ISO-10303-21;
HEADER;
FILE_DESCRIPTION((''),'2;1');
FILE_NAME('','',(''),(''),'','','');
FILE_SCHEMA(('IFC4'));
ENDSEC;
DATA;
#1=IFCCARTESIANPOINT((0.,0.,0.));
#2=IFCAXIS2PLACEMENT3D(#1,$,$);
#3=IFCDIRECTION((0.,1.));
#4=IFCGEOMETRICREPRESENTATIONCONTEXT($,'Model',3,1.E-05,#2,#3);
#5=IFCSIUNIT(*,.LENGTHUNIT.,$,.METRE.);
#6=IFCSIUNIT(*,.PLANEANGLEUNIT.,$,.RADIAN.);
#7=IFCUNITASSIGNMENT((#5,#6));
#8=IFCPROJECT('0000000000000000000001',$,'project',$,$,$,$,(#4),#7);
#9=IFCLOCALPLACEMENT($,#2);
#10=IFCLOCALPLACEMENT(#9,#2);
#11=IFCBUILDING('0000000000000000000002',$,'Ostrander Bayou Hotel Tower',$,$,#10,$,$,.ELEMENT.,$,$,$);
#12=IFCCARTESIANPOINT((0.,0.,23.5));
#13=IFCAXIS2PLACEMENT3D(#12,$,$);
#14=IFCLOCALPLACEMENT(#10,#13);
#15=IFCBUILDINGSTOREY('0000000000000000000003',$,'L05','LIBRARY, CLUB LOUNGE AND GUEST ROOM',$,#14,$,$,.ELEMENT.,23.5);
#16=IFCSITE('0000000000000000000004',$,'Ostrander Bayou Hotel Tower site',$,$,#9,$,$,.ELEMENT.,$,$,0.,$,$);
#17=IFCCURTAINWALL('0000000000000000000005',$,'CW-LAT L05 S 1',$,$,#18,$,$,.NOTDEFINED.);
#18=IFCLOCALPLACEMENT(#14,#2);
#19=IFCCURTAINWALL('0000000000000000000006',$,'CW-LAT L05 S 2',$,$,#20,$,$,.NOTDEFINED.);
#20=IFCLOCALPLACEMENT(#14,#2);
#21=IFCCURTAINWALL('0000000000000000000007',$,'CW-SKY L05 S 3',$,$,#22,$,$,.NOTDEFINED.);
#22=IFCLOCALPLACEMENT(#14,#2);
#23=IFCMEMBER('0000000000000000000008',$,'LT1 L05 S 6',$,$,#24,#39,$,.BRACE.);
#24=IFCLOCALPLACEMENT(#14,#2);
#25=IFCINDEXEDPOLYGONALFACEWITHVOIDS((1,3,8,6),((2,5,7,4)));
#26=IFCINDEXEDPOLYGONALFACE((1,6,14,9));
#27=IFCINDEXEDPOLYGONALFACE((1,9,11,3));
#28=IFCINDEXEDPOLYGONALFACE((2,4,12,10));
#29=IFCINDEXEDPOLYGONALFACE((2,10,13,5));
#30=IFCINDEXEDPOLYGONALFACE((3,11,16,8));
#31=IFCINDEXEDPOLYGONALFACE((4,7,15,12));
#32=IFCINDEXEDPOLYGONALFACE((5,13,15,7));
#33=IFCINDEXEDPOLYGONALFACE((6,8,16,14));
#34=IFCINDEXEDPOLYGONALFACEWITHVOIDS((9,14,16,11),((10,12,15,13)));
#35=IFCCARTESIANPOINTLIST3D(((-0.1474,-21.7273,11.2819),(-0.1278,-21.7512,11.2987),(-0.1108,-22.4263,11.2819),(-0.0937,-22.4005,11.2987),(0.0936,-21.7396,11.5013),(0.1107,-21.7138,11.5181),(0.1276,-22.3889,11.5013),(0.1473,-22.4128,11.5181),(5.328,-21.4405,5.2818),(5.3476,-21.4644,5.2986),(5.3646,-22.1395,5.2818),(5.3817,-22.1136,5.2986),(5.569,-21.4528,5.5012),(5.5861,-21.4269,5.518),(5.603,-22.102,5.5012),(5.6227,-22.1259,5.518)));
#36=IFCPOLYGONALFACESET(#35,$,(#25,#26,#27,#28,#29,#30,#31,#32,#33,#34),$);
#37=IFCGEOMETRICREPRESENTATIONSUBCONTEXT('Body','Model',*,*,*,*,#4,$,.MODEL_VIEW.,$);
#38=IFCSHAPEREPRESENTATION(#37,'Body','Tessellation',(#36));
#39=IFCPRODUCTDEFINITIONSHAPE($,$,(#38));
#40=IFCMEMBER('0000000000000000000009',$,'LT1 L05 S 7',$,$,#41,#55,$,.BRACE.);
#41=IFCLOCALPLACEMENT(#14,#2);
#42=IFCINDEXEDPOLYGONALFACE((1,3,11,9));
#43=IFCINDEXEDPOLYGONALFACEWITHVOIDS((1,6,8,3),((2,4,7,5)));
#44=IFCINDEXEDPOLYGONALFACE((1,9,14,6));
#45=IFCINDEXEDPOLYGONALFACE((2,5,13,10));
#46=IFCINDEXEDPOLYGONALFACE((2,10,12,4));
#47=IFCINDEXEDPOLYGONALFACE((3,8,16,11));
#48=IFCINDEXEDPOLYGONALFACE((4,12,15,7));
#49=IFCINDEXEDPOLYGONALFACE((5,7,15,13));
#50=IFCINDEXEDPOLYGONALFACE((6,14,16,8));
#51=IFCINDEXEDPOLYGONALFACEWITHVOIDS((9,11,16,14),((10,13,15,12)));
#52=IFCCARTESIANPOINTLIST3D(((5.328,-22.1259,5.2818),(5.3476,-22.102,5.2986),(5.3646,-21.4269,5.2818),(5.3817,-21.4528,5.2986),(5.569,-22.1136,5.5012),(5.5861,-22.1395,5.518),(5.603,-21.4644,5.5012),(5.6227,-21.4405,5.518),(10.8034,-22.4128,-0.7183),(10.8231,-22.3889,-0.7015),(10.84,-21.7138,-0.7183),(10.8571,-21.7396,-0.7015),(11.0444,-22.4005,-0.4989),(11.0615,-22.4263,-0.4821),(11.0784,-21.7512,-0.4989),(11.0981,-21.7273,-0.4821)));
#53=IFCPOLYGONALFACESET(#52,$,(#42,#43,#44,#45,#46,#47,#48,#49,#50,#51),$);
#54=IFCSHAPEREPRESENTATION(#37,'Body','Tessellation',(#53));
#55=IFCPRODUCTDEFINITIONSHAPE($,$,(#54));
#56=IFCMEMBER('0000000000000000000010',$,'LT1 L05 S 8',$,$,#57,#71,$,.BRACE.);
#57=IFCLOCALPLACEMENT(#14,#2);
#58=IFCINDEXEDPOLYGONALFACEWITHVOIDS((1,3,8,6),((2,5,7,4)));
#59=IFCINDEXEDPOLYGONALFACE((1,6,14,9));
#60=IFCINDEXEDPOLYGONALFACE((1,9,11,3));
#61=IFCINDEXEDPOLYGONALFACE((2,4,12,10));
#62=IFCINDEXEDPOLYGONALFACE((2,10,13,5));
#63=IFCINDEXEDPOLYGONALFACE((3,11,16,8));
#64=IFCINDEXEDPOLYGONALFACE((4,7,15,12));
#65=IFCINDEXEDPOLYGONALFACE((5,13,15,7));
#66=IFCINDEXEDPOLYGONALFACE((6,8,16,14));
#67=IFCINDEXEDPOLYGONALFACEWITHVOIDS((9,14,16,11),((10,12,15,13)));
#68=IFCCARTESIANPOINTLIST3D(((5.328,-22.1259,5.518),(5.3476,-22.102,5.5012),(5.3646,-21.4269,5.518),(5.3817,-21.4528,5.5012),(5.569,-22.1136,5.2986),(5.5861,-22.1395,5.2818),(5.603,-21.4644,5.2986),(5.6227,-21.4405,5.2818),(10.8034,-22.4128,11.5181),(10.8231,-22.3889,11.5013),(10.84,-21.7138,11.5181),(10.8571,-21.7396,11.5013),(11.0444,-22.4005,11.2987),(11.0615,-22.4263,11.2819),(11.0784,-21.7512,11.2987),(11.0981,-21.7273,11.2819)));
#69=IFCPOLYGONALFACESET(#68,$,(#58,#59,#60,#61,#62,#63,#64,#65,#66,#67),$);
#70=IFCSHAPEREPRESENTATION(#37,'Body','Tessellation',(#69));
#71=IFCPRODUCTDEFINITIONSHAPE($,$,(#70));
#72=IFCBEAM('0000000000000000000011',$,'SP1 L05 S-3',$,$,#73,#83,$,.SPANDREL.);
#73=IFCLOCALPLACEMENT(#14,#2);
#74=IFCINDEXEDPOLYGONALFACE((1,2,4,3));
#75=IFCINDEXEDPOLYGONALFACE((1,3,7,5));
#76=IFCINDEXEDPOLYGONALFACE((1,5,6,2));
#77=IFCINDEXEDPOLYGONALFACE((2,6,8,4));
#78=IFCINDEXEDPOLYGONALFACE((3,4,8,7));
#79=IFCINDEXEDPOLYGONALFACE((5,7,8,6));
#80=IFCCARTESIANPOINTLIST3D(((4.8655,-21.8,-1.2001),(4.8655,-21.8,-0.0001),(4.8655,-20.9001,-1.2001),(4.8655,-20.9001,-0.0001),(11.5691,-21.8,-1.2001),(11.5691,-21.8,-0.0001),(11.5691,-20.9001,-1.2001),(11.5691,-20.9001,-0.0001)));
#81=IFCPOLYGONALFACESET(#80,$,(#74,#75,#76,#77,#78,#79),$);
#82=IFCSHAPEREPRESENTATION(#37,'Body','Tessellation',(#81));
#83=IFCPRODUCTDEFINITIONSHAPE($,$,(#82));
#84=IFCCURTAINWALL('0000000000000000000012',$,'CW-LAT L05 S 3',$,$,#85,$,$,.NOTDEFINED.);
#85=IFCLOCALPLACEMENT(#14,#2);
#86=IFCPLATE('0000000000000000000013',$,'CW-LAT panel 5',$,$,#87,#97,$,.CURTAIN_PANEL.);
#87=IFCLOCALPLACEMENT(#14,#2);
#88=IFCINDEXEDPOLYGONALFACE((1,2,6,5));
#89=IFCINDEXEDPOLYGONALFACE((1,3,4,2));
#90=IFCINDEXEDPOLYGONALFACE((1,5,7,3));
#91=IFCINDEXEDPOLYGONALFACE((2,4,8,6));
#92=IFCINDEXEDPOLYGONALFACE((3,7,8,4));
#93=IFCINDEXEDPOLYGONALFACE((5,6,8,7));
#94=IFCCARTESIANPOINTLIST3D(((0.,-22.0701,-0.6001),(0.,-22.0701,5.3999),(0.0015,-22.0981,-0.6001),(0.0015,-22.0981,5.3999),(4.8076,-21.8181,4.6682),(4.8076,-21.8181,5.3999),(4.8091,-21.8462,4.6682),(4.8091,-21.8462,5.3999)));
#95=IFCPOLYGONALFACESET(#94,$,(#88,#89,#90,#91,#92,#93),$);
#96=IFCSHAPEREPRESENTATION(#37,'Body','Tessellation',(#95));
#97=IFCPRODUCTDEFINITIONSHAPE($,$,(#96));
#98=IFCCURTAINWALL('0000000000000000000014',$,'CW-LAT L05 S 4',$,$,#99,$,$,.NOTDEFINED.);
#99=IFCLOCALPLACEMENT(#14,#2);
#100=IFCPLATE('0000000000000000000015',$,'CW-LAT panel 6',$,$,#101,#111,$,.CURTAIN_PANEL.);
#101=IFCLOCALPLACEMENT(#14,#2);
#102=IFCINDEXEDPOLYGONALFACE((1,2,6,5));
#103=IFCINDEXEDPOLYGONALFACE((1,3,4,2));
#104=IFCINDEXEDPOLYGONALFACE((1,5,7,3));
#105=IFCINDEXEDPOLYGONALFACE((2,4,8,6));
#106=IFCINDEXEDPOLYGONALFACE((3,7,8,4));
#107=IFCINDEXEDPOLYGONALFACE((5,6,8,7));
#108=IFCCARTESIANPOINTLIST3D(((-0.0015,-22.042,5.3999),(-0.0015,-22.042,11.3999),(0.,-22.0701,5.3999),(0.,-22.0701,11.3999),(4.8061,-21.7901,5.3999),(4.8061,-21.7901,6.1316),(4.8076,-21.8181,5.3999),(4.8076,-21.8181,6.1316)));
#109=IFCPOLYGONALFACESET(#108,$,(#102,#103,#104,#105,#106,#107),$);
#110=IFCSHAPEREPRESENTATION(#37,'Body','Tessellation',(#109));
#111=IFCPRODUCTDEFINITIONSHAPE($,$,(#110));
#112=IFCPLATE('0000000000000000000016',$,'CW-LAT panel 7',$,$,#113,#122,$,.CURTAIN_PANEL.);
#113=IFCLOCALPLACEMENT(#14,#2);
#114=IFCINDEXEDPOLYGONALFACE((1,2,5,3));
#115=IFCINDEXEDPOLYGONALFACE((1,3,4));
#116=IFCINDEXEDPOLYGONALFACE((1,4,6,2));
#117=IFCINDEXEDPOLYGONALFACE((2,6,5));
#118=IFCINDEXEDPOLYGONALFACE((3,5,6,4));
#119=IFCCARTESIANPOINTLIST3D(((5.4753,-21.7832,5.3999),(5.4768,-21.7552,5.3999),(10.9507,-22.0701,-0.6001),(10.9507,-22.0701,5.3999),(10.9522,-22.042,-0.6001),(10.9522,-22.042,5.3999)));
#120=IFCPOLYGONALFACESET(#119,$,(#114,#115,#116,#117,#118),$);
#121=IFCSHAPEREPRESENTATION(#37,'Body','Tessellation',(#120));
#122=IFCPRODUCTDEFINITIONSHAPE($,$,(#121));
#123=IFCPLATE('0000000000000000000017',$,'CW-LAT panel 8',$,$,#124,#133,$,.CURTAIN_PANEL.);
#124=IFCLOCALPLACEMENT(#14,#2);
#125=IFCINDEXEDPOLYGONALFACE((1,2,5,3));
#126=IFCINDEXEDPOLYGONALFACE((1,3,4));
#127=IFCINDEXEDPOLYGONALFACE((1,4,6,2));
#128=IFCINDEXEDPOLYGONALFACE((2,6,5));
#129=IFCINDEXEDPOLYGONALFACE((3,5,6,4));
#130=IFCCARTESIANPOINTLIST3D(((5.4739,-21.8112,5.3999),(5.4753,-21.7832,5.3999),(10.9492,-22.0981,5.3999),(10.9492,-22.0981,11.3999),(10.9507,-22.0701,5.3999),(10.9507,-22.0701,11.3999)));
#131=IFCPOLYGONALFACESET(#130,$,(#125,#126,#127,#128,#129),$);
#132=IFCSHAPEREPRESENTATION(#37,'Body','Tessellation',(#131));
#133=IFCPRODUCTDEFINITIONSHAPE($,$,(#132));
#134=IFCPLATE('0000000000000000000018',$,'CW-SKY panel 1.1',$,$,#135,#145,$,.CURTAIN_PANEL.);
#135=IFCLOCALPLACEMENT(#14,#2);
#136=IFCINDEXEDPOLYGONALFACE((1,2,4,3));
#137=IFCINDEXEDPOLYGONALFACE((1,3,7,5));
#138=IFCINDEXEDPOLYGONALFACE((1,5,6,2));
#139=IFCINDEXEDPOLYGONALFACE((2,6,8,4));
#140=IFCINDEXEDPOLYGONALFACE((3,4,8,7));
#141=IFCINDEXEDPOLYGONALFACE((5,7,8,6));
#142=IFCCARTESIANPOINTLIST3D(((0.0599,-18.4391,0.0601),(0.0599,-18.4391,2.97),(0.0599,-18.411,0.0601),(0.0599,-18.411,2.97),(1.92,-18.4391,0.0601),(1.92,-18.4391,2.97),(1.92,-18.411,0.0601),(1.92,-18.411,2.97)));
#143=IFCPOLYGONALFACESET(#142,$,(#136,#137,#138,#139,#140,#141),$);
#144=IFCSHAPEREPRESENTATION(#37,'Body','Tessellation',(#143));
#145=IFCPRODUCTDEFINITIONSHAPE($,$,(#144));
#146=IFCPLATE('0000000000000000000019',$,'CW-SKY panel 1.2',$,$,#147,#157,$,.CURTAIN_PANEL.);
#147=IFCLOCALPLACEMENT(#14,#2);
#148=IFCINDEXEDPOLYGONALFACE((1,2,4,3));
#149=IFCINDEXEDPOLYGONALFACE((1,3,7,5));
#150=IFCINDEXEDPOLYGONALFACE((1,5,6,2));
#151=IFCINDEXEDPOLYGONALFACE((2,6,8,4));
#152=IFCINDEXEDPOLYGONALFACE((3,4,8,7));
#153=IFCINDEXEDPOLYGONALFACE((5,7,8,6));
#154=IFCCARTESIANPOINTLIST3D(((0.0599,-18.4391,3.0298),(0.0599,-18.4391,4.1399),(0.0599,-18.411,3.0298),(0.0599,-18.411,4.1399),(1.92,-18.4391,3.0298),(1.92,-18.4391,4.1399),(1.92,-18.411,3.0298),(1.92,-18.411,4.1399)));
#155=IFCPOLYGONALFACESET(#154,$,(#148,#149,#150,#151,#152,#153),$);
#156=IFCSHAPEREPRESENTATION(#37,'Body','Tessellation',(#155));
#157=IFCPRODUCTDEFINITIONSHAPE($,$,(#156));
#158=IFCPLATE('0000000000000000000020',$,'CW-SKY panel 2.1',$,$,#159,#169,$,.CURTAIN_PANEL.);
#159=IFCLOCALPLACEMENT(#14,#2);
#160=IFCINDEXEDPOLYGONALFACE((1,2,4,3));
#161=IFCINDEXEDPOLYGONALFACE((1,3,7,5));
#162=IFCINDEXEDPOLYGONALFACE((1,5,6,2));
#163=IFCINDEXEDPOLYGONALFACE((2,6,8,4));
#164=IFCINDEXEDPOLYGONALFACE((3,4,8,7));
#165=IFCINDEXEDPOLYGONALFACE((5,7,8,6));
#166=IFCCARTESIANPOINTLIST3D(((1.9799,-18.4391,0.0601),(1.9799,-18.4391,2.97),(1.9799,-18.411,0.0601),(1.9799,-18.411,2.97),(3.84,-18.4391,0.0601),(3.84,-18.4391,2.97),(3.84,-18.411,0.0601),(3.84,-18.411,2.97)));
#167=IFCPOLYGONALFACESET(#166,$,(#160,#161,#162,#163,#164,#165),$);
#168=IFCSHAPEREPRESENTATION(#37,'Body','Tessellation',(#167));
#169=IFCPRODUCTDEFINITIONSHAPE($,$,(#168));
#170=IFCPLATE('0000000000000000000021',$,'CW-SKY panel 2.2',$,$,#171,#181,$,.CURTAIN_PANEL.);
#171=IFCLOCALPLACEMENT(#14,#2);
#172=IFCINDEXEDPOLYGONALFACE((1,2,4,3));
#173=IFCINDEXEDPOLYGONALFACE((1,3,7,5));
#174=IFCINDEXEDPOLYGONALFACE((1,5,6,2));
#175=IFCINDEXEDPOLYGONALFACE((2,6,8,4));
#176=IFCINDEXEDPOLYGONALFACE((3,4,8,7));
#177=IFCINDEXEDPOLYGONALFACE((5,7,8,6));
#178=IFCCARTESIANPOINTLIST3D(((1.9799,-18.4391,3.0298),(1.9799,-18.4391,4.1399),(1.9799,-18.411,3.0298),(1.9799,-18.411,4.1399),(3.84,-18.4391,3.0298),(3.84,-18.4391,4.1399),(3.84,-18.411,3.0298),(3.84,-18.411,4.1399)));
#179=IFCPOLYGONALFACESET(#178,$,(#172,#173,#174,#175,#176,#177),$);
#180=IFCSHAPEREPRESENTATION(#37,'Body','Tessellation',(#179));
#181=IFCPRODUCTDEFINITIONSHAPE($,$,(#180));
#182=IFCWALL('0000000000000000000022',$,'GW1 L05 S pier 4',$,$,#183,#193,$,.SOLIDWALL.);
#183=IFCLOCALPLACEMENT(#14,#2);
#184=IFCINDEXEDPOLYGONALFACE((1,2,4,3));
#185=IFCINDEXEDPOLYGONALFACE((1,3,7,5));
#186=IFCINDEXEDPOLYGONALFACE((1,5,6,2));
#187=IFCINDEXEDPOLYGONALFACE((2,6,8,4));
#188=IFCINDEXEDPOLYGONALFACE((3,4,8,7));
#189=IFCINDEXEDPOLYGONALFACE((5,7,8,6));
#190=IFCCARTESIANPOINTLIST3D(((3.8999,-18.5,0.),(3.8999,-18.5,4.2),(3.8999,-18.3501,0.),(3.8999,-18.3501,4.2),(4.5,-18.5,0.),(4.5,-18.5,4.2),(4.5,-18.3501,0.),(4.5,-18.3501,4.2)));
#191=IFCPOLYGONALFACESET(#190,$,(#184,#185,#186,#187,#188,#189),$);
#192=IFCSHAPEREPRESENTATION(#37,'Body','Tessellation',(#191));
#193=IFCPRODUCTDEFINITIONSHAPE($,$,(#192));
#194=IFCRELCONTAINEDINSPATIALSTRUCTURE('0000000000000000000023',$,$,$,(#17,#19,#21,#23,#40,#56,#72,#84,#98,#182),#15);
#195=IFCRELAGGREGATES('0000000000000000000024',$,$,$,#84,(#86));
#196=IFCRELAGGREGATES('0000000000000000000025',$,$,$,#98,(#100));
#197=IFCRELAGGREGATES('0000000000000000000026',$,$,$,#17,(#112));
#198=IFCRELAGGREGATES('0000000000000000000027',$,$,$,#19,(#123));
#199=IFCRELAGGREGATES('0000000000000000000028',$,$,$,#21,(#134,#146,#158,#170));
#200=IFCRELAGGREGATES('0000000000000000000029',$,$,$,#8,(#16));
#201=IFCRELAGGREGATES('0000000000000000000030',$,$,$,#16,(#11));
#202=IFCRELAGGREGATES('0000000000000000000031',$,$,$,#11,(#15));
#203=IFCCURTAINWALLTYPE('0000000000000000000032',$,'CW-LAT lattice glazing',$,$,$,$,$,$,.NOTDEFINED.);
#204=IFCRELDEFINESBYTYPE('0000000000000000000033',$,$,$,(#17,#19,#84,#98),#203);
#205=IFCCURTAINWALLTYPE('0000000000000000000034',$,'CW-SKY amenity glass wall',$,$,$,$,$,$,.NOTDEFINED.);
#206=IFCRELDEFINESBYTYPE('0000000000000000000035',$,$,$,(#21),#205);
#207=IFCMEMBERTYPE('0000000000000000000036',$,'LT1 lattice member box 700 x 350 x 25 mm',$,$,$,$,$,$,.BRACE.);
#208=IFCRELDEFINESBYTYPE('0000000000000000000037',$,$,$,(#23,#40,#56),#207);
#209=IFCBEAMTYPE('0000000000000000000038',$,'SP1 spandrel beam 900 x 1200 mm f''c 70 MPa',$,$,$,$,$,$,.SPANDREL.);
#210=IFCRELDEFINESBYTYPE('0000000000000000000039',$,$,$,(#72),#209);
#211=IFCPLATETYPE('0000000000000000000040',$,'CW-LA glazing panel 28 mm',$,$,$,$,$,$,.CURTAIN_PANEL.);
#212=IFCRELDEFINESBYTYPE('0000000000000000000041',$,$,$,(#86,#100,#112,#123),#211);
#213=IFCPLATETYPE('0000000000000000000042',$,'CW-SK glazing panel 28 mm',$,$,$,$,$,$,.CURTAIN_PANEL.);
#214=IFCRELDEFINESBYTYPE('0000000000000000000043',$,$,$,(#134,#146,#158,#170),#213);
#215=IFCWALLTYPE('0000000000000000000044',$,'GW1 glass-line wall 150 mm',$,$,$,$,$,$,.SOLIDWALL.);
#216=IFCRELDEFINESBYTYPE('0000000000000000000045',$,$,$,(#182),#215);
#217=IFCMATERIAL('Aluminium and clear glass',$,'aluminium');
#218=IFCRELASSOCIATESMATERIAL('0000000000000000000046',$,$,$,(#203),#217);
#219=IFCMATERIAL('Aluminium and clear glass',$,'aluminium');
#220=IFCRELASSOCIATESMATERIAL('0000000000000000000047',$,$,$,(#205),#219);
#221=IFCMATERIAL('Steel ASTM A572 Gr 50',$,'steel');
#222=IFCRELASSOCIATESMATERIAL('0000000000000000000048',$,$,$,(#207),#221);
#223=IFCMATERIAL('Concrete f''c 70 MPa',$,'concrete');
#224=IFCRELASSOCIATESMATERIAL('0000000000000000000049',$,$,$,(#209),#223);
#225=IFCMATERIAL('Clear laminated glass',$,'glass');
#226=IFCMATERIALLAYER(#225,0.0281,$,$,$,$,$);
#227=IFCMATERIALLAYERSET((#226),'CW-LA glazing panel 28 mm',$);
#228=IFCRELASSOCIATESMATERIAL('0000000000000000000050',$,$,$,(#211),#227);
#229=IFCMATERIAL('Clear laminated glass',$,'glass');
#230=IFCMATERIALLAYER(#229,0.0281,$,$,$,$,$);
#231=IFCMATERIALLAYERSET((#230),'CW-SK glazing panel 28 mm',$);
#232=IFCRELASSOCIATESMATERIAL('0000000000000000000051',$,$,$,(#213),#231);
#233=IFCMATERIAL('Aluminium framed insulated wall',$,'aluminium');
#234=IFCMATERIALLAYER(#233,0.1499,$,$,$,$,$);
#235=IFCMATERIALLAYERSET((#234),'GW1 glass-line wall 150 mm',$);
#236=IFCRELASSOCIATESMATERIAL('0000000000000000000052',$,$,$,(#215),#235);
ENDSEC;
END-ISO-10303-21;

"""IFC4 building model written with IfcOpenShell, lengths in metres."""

from ifc_helpers import new_model, si_unit, direction, frame, frame_2d, origin, origin_2d, place, context, subcontext, project, spatial, polyline, rectangle, hollow_rectangle, outline, extrude, material, layer, layer_set, material_profile, profile_set, type_object, element, aggregate, save


model = new_model("IFC4")

# Units and contexts
model_context = context("Model", 3, precision=1e-05, world=origin(), true_north=direction((0.0, 1.0)))
body_context = subcontext(model_context, "Body", "Model", "MODEL_VIEW")
ifc_project = project(units=[si_unit("LENGTHUNIT", "METRE"), si_unit("PLANEANGLEUNIT", "RADIAN")], contexts=[model_context])

# Site, building, storey
site_placement = place(None, origin())
site = spatial("IfcSite", under=ifc_project, at=site_placement, Name="Ostrander Bayou Hotel Tower site", CompositionType="ELEMENT", RefElevation=0.0)
building_placement = place(site_placement, origin())
building = spatial("IfcBuilding", under=site, at=building_placement, Name="Ostrander Bayou Hotel Tower", CompositionType="ELEMENT")
storey_placement = place(building_placement, frame((0.0, 0.0, 23.5)))
storey = spatial("IfcBuildingStorey", under=building, at=storey_placement, Name="L05", Description="LIBRARY, CLUB LOUNGE AND GUEST ROOM", CompositionType="ELEMENT", Elevation=23.5)

# Curtain wall
ifc_material_1 = material(Name="Aluminium and clear glass", Category="aluminium")
curtain_wall_type_1 = type_object("IfcCurtainWallType", Name="CW-LAT lattice glazing", PredefinedType="NOTDEFINED", material=ifc_material_1)
curtain_wall_1_placement = place(storey_placement, origin())
curtain_wall_1 = element("IfcCurtainWall", 1, at=curtain_wall_1_placement, inside=storey, type_object=curtain_wall_type_1, Name="CW-LAT L05 S 1", PredefinedType="NOTDEFINED")

# Curtain wall
curtain_wall_2_placement = place(storey_placement, origin())
curtain_wall_2 = element("IfcCurtainWall", 2, at=curtain_wall_2_placement, inside=storey, type_object=curtain_wall_type_1, Name="CW-LAT L05 S 2", PredefinedType="NOTDEFINED")

# Curtain wall
ifc_material_2 = material(Name="Aluminium and clear glass", Category="aluminium")
curtain_wall_type_2 = type_object("IfcCurtainWallType", Name="CW-SKY amenity glass wall", PredefinedType="NOTDEFINED", material=ifc_material_2)
curtain_wall_3_placement = place(storey_placement, origin())
curtain_wall_3 = element("IfcCurtainWall", 3, at=curtain_wall_3_placement, inside=storey, type_object=curtain_wall_type_2, Name="CW-SKY L05 S 3", PredefinedType="NOTDEFINED")

# Members
ifc_material_3 = material(Name="Steel ASTM A572 Gr 50", Category="steel")
ifc_material_profile_1 = material_profile(ifc_material_3, hollow_rectangle(XDim=0.7, YDim=0.3501, WallThickness=0.0249, at=origin_2d()))
ifc_profile_set_1 = profile_set([ifc_material_profile_1], Name="Steel ASTM A572 Gr 50")
member_type_1 = type_object("IfcMemberType", Name="LT1 lattice member box 700 x 350 x 25 mm", PredefinedType="BRACE", material=ifc_profile_set_1)
for number, where, z_axis, x_axis, name in (
    (4, (5.4753, -21.7832, 5.3999), (-0.673653, -0.035294, 0.738204), (0.05232, -0.99863, 0.0), "LT1 L05 S 6"),
    (5, (5.4753, -21.7832, 5.3999), (0.673653, -0.035294, -0.738204), (0.05232, 0.99863, 0.0), "LT1 L05 S 7"),
    (6, (5.4753, -21.7832, 5.3999), (0.673653, -0.035294, 0.738204), (0.05232, 0.99863, 0.0), "LT1 L05 S 8"),
):
    element("IfcMember", number, at=place(storey_placement, frame(where, z_axis=z_axis, x_axis=x_axis)), inside=storey, type_object=member_type_1, Name=name, PredefinedType="BRACE", context=body_context, shape_type="SweptSolid", body=[
        extrude(hollow_rectangle(XDim=0.7, YDim=0.3501, WallThickness=0.0249, at=origin_2d()), origin(), (0.0, 0.0, 1.0), 8.1279),
    ])

# Beam
ifc_material_4 = material(Name="Concrete f'c 70 MPa", Category="concrete")
ifc_material_profile_2 = material_profile(ifc_material_4, rectangle(XDim=0.8999, YDim=1.2, at=origin_2d()))
ifc_profile_set_2 = profile_set([ifc_material_profile_2], Name="Concrete f'c 70 MPa")
beam_type_1 = type_object("IfcBeamType", Name="SP1 spandrel beam 900 x 1200 mm f'c 70 MPa", PredefinedType="SPANDREL", material=ifc_profile_set_2)
beam_1_placement = place(storey_placement, frame((4.8655, -21.3501, -0.6001), z_axis=(1.0, 0.0, 0.0), x_axis=(0.0, 1.0, 0.0)))
element("IfcBeam", 7, at=beam_1_placement, inside=storey, type_object=beam_type_1, Name="SP1 L05 S-3", PredefinedType="SPANDREL", context=body_context, shape_type="SweptSolid", body=[
    extrude(rectangle(XDim=0.8999, YDim=1.2, at=origin_2d()), origin(), (0.0, 0.0, 1.0), 6.7036),
])

# Curtain walls, plates
curtain_wall_4_placement = place(storey_placement, origin())
curtain_wall_4 = element("IfcCurtainWall", 8, at=curtain_wall_4_placement, inside=storey, type_object=curtain_wall_type_1, Name="CW-LAT L05 S 3", PredefinedType="NOTDEFINED")
ifc_material_5 = material(Name="Clear laminated glass", Category="glass")
ifc_layer_1 = layer(ifc_material_5, 0.0281)
ifc_layer_set_1 = layer_set([ifc_layer_1], Name="CW-LA glazing panel 28 mm")
plate_type_1 = type_object("IfcPlateType", Name="CW-LA glazing panel 28 mm", PredefinedType="CURTAIN_PANEL", material=ifc_layer_set_1)
plate_1_placement = place(storey_placement, frame((4.8076, -21.8181, 4.6682), z_axis=(-0.052335, 0.99863, 0.0), x_axis=(-0.673652, -0.035304, -0.738205)))
plate_1 = element("IfcPlate", 9, at=plate_1_placement, type_object=plate_type_1, Name="CW-LAT panel 5", PredefinedType="CURTAIN_PANEL", context=body_context, shape_type="SweptSolid", body=[
    extrude(outline(polyline([(0.0, 0.0), (7.1366, 0.0), (2.7074, 4.0475), (-0.5401, 0.4936), (0.0, 0.0)])), origin(), (0.0, 0.0, -1.0), 0.0281),
])
aggregate(curtain_wall_4, [plate_1])
curtain_wall_5_placement = place(storey_placement, origin())
curtain_wall_5 = element("IfcCurtainWall", 10, at=curtain_wall_5_placement, inside=storey, type_object=curtain_wall_type_1, Name="CW-LAT L05 S 4", PredefinedType="NOTDEFINED")
plate_2_placement = place(storey_placement, frame((4.8076, -21.8181, 6.1316), z_axis=(0.052335, -0.99863, 0.0), x_axis=(-0.673652, -0.035304, 0.738205)))
plate_2 = element("IfcPlate", 11, at=plate_2_placement, type_object=plate_type_1, Name="CW-LAT panel 6", PredefinedType="CURTAIN_PANEL", context=body_context, shape_type="SweptSolid", body=[
    extrude(outline(polyline([(0.0, 0.0), (7.1366, 0.0), (2.7074, 4.0475), (-0.5401, 0.4936), (0.0, 0.0)])), origin(), (0.0, 0.0, -1.0), 0.0281),
])
aggregate(curtain_wall_5, [plate_2])

# Plates
plate_3_placement = place(storey_placement, frame((5.4753, -21.7832, 5.3999), z_axis=(-0.05232, -0.99863, 0.0), x_axis=(0.673653, -0.035294, -0.738204)))
plate_3 = element("IfcPlate", 12, at=plate_3_placement, type_object=plate_type_1, Name="CW-LAT panel 7", PredefinedType="CURTAIN_PANEL", context=body_context, shape_type="SweptSolid", body=[
    extrude(outline(polyline([(0.0, 0.0), (8.1278, 0.0), (3.6986, 4.0475), (0.0, 0.0)])), origin(), (0.0, 0.0, -1.0), 0.0281),
])
aggregate(curtain_wall_1, [plate_3])
plate_4_placement = place(storey_placement, frame((5.4753, -21.7832, 5.3999), z_axis=(0.05232, 0.99863, 0.0), x_axis=(0.673653, -0.035294, 0.738204)))
plate_4 = element("IfcPlate", 13, at=plate_4_placement, type_object=plate_type_1, Name="CW-LAT panel 8", PredefinedType="CURTAIN_PANEL", context=body_context, shape_type="SweptSolid", body=[
    extrude(outline(polyline([(0.0, 0.0), (8.1278, 0.0), (3.6986, 4.0475), (0.0, 0.0)])), origin(), (0.0, 0.0, -1.0), 0.0281),
])
aggregate(curtain_wall_2, [plate_4])
ifc_material_6 = material(Name="Clear laminated glass", Category="glass")
ifc_layer_2 = layer(ifc_material_6, 0.0281)
ifc_layer_set_2 = layer_set([ifc_layer_2], Name="CW-SK glazing panel 28 mm")
plate_type_2 = type_object("IfcPlateType", Name="CW-SK glazing panel 28 mm", PredefinedType="CURTAIN_PANEL", material=ifc_layer_set_2)
plate_5_placement = place(storey_placement, frame((0.99, -18.425, 0.0601), z_axis=(0.0, 0.0, 1.0), x_axis=(1.0, 0.0, 0.0)))
plate_5 = element("IfcPlate", 14, at=plate_5_placement, type_object=plate_type_2, Name="CW-SKY panel 1.1", PredefinedType="CURTAIN_PANEL", context=body_context, shape_type="SweptSolid", body=[
    extrude(rectangle(XDim=1.8601, YDim=0.0281, at=origin_2d()), origin(), (0.0, 0.0, 1.0), 2.9099),
])
plate_6_placement = place(storey_placement, frame((0.99, -18.425, 3.0298), z_axis=(0.0, 0.0, 1.0), x_axis=(1.0, 0.0, 0.0)))
plate_6 = element("IfcPlate", 15, at=plate_6_placement, type_object=plate_type_2, Name="CW-SKY panel 1.2", PredefinedType="CURTAIN_PANEL", context=body_context, shape_type="SweptSolid", body=[
    extrude(rectangle(XDim=1.8601, YDim=0.0281, at=origin_2d()), origin(), (0.0, 0.0, 1.0), 1.1101),
])
plate_7_placement = place(storey_placement, frame((2.9099, -18.425, 0.0601), z_axis=(0.0, 0.0, 1.0), x_axis=(1.0, 0.0, 0.0)))
plate_7 = element("IfcPlate", 16, at=plate_7_placement, type_object=plate_type_2, Name="CW-SKY panel 2.1", PredefinedType="CURTAIN_PANEL", context=body_context, shape_type="SweptSolid", body=[
    extrude(rectangle(XDim=1.8601, YDim=0.0281, at=origin_2d()), origin(), (0.0, 0.0, 1.0), 2.9099),
])
plate_8_placement = place(storey_placement, frame((2.9099, -18.425, 3.0298), z_axis=(0.0, 0.0, 1.0), x_axis=(1.0, 0.0, 0.0)))
plate_8 = element("IfcPlate", 17, at=plate_8_placement, type_object=plate_type_2, Name="CW-SKY panel 2.2", PredefinedType="CURTAIN_PANEL", context=body_context, shape_type="SweptSolid", body=[
    extrude(rectangle(XDim=1.8601, YDim=0.0281, at=origin_2d()), origin(), (0.0, 0.0, 1.0), 1.1101),
])
aggregate(curtain_wall_3, [plate_5, plate_6, plate_7, plate_8])

# Wall
ifc_material_7 = material(Name="Aluminium framed insulated wall", Category="aluminium")
ifc_layer_3 = layer(ifc_material_7, 0.1499)
ifc_layer_set_3 = layer_set([ifc_layer_3], Name="GW1 glass-line wall 150 mm")
wall_type_1 = type_object("IfcWallType", Name="GW1 glass-line wall 150 mm", PredefinedType="SOLIDWALL", material=ifc_layer_set_3)
wall_1_placement = place(storey_placement, frame((3.8999, -18.425, 0.0), z_axis=(0.0, 0.0, 1.0), x_axis=(1.0, 0.0, 0.0)))
element("IfcWall", 18, at=wall_1_placement, inside=storey, type_object=wall_type_1, Name="GW1 L05 S pier 4", PredefinedType="SOLIDWALL", context=body_context, shape_type="SweptSolid", body=[
    extrude(rectangle(XDim=0.6001, YDim=0.1499, at=frame_2d((0.3, 0.0))), origin(), (0.0, 0.0, 1.0), 4.2),
])

save(model, "model.ifc")
